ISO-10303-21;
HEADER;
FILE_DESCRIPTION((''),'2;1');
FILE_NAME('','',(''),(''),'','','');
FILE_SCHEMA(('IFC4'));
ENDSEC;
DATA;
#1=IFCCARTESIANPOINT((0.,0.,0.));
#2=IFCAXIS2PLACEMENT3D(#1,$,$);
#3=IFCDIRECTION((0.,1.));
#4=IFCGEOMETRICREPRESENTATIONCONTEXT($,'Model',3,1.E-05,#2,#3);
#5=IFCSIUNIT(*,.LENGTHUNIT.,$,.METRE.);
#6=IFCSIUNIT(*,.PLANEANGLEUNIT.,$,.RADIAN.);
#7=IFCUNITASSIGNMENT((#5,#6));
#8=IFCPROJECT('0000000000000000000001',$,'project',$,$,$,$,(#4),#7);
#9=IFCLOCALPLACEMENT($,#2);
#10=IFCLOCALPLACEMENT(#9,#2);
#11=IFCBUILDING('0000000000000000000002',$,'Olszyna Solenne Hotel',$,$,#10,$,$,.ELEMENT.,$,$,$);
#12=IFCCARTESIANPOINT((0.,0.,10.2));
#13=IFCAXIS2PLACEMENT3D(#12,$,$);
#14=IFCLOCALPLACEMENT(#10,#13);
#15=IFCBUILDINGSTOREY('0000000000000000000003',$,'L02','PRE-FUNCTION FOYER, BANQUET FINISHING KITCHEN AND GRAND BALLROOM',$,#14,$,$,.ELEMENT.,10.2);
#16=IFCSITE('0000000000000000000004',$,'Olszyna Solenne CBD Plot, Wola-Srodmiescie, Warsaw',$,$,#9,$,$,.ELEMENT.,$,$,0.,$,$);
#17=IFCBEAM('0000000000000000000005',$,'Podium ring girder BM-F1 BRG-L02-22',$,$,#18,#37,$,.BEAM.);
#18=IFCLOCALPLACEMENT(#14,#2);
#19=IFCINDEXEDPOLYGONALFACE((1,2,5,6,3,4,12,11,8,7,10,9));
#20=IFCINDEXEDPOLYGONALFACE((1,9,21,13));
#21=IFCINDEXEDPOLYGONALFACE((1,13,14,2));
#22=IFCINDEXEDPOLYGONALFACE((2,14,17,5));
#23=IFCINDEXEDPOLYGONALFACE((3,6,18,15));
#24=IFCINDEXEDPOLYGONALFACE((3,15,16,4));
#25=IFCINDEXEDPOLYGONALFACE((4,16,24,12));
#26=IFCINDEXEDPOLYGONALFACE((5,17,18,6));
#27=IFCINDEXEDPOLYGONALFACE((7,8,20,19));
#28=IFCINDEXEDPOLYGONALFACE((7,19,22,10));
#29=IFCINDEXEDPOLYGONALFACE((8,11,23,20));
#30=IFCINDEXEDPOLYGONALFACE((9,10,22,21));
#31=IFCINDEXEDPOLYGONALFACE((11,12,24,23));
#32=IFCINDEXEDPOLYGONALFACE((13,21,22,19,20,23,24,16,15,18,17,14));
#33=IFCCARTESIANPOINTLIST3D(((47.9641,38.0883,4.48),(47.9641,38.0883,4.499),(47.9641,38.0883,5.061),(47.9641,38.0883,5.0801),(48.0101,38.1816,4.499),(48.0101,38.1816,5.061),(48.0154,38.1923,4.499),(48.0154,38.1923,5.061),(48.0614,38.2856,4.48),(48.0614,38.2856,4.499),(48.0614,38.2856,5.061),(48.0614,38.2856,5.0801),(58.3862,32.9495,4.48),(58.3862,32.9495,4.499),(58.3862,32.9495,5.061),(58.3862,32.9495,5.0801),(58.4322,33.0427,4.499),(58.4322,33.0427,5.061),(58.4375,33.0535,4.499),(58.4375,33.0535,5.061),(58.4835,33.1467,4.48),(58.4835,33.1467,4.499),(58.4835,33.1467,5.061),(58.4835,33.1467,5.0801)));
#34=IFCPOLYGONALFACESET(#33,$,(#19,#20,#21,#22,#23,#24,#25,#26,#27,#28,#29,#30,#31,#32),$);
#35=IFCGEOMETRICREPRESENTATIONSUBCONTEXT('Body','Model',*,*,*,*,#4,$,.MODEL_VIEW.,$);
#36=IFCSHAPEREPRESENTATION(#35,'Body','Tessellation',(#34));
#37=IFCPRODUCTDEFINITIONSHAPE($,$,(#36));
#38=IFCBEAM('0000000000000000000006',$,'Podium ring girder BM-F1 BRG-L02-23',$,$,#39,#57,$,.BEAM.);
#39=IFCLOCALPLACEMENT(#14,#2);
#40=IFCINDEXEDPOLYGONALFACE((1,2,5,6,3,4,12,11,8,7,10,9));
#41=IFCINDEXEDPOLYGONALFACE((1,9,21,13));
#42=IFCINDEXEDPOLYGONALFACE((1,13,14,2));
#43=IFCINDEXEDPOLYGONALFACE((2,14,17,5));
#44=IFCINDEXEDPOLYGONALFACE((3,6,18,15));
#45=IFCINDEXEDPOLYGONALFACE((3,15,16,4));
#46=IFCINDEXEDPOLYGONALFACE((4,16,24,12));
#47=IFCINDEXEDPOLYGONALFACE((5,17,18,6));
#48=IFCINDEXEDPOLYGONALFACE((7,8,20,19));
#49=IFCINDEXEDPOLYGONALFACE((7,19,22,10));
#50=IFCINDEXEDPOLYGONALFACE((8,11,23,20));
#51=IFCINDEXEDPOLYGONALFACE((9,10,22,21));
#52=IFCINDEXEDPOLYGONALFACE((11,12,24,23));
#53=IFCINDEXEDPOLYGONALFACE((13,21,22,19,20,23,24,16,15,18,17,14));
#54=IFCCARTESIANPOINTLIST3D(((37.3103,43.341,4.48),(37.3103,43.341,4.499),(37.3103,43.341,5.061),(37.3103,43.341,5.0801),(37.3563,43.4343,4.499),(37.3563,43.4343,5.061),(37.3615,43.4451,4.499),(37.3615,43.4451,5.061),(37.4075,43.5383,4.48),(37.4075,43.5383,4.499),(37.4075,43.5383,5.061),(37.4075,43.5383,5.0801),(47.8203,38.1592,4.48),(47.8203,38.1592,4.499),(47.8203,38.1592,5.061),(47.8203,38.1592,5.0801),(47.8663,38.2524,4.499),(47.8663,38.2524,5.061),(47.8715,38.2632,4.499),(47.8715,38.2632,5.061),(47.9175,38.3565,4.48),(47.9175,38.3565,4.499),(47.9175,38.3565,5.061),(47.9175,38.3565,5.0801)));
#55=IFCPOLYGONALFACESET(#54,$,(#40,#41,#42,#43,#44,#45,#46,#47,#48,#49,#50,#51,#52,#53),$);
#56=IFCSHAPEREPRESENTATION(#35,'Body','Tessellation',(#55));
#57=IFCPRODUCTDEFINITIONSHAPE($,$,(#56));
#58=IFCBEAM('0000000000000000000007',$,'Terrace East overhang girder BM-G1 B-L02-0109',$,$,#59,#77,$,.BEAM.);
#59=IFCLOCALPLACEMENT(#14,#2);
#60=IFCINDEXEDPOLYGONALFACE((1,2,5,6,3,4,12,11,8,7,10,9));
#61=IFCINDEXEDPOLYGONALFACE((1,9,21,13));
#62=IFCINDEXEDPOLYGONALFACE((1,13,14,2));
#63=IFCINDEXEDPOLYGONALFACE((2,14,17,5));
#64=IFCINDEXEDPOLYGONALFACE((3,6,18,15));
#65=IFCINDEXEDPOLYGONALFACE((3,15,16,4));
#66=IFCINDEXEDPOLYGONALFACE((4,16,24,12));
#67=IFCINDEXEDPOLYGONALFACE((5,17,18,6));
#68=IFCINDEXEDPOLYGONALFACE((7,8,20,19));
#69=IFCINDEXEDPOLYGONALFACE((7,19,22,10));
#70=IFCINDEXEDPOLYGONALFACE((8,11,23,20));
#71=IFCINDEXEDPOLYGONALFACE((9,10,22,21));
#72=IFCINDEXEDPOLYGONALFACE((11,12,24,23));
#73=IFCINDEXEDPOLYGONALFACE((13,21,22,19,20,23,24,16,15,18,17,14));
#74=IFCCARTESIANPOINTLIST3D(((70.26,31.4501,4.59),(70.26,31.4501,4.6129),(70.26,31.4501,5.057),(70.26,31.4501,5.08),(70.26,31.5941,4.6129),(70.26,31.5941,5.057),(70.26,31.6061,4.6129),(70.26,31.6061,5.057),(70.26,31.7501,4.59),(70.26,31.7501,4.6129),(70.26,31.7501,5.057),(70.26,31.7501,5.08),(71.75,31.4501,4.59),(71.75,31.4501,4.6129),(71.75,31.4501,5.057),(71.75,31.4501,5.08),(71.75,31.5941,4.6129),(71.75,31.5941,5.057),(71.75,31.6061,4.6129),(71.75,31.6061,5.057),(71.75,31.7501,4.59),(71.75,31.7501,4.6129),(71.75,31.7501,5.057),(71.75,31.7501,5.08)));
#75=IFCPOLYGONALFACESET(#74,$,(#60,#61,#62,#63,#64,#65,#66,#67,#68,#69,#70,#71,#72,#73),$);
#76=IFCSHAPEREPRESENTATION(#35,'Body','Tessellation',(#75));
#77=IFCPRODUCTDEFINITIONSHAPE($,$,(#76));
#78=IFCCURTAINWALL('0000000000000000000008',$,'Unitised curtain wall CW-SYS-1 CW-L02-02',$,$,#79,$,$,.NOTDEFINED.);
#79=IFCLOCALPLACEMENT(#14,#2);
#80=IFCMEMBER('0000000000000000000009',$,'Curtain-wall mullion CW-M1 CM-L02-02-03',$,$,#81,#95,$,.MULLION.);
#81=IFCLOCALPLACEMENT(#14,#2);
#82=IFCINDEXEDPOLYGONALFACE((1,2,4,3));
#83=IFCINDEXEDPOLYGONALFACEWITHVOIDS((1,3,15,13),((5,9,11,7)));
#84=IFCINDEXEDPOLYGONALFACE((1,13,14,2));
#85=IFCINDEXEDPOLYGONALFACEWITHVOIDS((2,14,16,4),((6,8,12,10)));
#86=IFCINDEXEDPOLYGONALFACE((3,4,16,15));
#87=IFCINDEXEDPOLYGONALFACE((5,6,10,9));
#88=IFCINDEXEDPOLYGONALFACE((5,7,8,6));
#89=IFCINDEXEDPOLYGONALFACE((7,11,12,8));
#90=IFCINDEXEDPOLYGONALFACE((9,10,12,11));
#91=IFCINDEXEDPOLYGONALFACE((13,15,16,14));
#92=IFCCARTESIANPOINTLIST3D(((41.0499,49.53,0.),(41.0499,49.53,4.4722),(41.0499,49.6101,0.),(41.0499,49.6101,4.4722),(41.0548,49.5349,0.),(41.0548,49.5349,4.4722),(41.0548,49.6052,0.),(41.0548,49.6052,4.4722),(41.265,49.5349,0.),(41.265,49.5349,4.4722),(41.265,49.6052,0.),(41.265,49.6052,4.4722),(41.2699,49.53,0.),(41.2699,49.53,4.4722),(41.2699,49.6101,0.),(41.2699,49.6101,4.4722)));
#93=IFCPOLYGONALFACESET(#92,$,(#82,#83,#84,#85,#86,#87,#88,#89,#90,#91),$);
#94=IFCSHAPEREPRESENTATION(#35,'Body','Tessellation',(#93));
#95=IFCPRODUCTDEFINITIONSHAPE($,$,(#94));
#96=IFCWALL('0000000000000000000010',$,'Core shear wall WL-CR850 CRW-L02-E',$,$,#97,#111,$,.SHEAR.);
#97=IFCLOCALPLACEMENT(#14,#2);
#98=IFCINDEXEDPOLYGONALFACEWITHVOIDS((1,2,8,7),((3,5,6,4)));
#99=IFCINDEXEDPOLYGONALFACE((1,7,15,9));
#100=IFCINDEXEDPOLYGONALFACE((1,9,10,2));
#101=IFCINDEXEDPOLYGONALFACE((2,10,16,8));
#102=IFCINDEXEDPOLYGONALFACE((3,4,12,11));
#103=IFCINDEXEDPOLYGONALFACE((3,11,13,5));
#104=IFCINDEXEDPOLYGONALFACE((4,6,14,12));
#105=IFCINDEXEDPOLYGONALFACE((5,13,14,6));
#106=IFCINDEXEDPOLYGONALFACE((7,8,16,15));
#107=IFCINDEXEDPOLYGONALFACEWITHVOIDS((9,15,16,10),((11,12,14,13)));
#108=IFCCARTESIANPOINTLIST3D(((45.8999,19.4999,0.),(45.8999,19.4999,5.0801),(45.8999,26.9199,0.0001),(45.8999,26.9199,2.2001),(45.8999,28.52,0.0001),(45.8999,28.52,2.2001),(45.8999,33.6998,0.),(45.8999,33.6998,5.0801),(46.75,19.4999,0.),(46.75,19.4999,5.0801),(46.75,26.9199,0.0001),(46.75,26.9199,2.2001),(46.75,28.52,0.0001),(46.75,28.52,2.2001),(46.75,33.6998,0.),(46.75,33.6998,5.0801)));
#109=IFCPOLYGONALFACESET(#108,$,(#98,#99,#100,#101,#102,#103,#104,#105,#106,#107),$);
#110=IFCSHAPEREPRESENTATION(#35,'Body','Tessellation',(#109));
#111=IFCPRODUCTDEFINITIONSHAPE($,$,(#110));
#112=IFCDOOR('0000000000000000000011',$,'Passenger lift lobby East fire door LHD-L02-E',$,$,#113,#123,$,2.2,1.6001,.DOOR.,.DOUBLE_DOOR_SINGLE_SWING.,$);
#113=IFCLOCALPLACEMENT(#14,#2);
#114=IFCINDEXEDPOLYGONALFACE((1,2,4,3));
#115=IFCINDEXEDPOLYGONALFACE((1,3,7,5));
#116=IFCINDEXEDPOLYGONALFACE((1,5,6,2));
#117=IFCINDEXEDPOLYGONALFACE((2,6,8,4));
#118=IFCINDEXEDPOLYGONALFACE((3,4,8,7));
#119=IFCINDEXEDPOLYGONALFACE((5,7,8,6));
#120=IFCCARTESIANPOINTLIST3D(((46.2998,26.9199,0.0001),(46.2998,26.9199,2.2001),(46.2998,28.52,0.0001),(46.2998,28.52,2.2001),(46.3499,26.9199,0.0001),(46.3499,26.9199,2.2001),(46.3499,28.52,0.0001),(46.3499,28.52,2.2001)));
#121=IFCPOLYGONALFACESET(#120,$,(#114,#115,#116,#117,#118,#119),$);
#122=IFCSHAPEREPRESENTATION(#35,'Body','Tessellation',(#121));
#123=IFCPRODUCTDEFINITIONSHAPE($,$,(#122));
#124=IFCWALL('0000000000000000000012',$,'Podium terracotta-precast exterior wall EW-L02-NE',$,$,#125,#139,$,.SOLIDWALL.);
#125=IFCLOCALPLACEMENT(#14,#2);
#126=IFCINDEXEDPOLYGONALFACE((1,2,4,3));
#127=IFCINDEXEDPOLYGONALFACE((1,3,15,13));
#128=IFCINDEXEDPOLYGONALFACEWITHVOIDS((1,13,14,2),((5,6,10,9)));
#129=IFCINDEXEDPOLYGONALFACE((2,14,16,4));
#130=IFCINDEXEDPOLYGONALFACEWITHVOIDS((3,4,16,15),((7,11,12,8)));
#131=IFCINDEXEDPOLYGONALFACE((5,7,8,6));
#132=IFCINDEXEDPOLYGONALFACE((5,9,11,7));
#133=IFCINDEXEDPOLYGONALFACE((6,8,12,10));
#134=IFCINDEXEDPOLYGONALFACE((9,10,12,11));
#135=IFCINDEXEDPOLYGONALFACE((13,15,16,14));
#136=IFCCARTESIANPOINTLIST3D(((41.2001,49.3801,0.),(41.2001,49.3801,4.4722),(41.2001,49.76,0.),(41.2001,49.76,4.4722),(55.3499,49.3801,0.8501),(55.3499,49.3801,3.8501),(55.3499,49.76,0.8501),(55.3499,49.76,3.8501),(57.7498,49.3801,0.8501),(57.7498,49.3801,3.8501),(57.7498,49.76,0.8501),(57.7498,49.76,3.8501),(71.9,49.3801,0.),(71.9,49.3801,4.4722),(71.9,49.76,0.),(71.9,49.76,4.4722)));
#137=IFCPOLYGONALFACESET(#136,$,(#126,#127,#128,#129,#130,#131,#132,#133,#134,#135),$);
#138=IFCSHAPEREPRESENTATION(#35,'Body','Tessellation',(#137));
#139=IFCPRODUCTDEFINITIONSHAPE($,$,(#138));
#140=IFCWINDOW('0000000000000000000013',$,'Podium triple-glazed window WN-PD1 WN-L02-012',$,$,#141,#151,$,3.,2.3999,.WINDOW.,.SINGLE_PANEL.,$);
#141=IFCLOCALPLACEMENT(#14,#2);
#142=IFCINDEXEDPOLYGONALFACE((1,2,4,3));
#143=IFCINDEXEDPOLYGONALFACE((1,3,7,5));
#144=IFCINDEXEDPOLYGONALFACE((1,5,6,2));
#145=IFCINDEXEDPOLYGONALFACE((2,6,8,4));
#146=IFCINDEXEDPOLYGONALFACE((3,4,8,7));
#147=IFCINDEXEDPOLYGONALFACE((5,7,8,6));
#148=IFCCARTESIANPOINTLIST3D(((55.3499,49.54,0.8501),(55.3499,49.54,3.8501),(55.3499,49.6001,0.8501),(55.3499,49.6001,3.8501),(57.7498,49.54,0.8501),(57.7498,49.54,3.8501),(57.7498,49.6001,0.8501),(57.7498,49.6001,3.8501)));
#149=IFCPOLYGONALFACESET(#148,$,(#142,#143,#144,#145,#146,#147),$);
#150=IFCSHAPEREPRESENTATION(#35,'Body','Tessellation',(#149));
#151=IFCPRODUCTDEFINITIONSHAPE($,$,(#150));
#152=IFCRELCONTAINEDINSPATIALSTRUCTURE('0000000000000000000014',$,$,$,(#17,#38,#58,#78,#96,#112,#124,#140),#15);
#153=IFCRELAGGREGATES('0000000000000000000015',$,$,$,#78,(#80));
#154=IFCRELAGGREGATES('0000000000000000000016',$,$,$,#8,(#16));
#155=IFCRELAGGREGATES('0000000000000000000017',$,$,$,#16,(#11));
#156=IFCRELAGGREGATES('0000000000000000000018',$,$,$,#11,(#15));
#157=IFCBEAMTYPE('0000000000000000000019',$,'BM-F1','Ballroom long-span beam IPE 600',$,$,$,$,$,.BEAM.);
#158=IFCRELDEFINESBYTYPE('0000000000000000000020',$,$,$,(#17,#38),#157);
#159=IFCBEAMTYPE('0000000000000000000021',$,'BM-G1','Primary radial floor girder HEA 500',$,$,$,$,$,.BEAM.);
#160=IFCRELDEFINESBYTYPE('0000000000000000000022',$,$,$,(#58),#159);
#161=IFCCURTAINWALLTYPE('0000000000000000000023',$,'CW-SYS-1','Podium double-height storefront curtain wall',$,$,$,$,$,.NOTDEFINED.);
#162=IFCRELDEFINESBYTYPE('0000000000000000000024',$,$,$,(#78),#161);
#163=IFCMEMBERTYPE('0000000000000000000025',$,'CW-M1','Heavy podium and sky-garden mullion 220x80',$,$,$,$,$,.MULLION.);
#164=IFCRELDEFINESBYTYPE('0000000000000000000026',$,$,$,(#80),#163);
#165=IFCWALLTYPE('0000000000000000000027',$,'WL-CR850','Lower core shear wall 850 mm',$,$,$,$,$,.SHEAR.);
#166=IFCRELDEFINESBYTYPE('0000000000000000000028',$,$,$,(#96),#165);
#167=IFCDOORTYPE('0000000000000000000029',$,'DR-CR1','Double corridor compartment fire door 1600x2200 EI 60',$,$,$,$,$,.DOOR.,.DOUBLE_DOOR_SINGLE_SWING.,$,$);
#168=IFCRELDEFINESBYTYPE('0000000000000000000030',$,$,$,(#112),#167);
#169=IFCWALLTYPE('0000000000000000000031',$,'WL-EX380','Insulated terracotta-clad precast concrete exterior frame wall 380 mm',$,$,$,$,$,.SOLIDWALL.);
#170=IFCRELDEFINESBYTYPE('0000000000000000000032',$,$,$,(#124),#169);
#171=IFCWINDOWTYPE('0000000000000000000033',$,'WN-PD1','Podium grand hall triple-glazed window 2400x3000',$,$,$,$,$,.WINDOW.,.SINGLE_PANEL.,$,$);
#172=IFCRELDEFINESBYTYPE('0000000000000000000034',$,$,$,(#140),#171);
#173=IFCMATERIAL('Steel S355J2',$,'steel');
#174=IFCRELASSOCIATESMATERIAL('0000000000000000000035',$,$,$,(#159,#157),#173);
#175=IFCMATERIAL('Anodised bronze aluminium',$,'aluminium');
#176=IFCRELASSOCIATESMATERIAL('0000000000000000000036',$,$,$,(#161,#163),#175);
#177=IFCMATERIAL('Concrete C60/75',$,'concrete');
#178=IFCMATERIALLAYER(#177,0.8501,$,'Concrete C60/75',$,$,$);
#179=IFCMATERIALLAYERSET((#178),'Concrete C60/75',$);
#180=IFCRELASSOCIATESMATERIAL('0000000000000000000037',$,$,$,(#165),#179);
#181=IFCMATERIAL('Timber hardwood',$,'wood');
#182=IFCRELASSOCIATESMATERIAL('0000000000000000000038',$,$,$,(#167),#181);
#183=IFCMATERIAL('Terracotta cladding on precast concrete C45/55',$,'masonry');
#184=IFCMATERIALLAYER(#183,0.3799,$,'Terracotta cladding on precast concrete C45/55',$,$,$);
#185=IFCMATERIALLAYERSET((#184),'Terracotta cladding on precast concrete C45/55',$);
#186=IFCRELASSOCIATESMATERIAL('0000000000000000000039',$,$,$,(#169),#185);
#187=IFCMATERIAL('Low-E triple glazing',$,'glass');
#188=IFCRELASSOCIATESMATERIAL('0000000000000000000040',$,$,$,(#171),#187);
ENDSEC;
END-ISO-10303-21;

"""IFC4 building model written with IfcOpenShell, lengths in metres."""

from ifc_helpers import new_model, si_unit, direction, frame, frame_2d, origin, origin_2d, place, context, subcontext, project, spatial, rectangle, hollow_rectangle, i_section, extrude, source, transform, mapped, material, layer, layer_set, material_profile, profile_set, type_object, type_shapes, element, fill, aggregate, save


model = new_model("IFC4")

# Units and contexts
model_context = context("Model", 3, precision=1e-05, world=origin(), true_north=direction((0.0, 1.0)))
body_context = subcontext(model_context, "Body", "Model", "MODEL_VIEW")
ifc_project = project(units=[si_unit("LENGTHUNIT", "METRE"), si_unit("PLANEANGLEUNIT", "RADIAN")], contexts=[model_context])

# Site, building, storey
site_placement = place(None, origin())
site = spatial("IfcSite", under=ifc_project, at=site_placement, Name="Olszyna Solenne CBD Plot, Wola-Srodmiescie, Warsaw", CompositionType="ELEMENT", RefElevation=0.0)
building_placement = place(site_placement, origin())
building = spatial("IfcBuilding", under=site, at=building_placement, Name="Olszyna Solenne Hotel", CompositionType="ELEMENT")
storey_placement = place(building_placement, frame((0.0, 0.0, 10.2)))
storey = spatial("IfcBuildingStorey", under=building, at=storey_placement, Name="L02", Description="PRE-FUNCTION FOYER, BANQUET FINISHING KITCHEN AND GRAND BALLROOM", CompositionType="ELEMENT", Elevation=10.2)

# Shared definitions
ifc_material_1 = material(Name="Concrete C60/75", Category="concrete")

# Beams
ifc_material_2 = material(Name="Steel S355J2", Category="steel")
ifc_material_profile_1 = material_profile(ifc_material_2, i_section(OverallWidth=0.3, OverallDepth=0.49, WebThickness=0.012, FlangeThickness=0.0229, at=origin_2d()), Name="HEA 500", Category="load-bearing")
ifc_profile_set_1 = profile_set([ifc_material_profile_1], Name="Steel S355J2")
beam_type_1 = type_object("IfcBeamType", Name="BM-G1", Description="Primary radial floor girder HEA 500", PredefinedType="BEAM", material=ifc_profile_set_1)
ifc_material_profile_2 = material_profile(ifc_material_2, i_section(OverallWidth=0.22, OverallDepth=0.6001, WebThickness=0.012, FlangeThickness=0.019, at=origin_2d()), Name="IPE 600", Category="load-bearing")
ifc_profile_set_2 = profile_set([ifc_material_profile_2], Name="Steel S355J2")
beam_type_2 = type_object("IfcBeamType", Name="BM-F1", Description="Ballroom long-span beam IPE 600", PredefinedType="BEAM", material=ifc_profile_set_2)
shared_shape_1 = source(origin(), body_context, "Body", "SweptSolid", [
    extrude(i_section(OverallWidth=0.22, OverallDepth=0.6001, WebThickness=0.012, FlangeThickness=0.019, at=origin_2d()), origin(), (0.0, 0.0, 1.0), 11.6201),
])
for number, where, z_axis, x_axis, name in (
    (1, (58.4348, 33.0481, 4.78), (-0.896897, 0.44224, 0.0), (-0.44224, -0.896897, 0.0), "Podium ring girder BM-F1 BRG-L02-22"),
):
    element("IfcBeam", number, at=place(storey_placement, frame(where, z_axis=z_axis, x_axis=x_axis)), inside=storey, type_object=beam_type_2, Name=name, PredefinedType="BEAM", context=body_context, shape_type="MappedRepresentation", body=[
        mapped(shared_shape_1, transform((0.0, 0.0, 0.0), x_axis=(1.0, 0.0, 0.0), y_axis=(0.0, 1.0, 0.0), z_axis=(0.0, 0.0, 1.0), scale=1.0)),
    ])
shared_shape_2 = source(origin(), body_context, "Body", "SweptSolid", [
    extrude(i_section(OverallWidth=0.22, OverallDepth=0.6001, WebThickness=0.012, FlangeThickness=0.019, at=origin_2d()), origin(), (0.0, 0.0, 1.0), 11.718),
])
beam_1_placement = place(storey_placement, frame((47.8689, 38.2578, 4.78), z_axis=(-0.896909, 0.442215, 0.0), x_axis=(-0.442215, -0.896909, 0.0)))
element("IfcBeam", 2, at=beam_1_placement, inside=storey, type_object=beam_type_2, Name="Podium ring girder BM-F1 BRG-L02-23", PredefinedType="BEAM", context=body_context, shape_type="MappedRepresentation", body=[
    mapped(shared_shape_2, transform((0.0, 0.0, 0.0), x_axis=(1.0, 0.0, 0.0), y_axis=(0.0, 1.0, 0.0), z_axis=(0.0, 0.0, 1.0), scale=1.0)),
])
shared_shape_3 = source(origin(), body_context, "Body", "SweptSolid", [
    extrude(i_section(OverallWidth=0.3, OverallDepth=0.49, WebThickness=0.012, FlangeThickness=0.0229, at=origin_2d()), origin(), (0.0, 0.0, 1.0), 1.49),
])
beam_2_placement = place(storey_placement, frame((70.26, 31.6001, 4.835), z_axis=(1.0, 0.0, 0.0), x_axis=(0.0, 1.0, 0.0)))
element("IfcBeam", 3, at=beam_2_placement, inside=storey, type_object=beam_type_1, Name="Terrace East overhang girder BM-G1 B-L02-0109", PredefinedType="BEAM", context=body_context, shape_type="MappedRepresentation", body=[
    mapped(shared_shape_3, transform((0.0, 0.0, 0.0), x_axis=(1.0, 0.0, 0.0), y_axis=(0.0, 1.0, 0.0), z_axis=(0.0, 0.0, 1.0), scale=1.0)),
])

# Curtain wall, member
ifc_material_3 = material(Name="Anodised bronze aluminium", Category="aluminium")
curtain_wall_type = type_object("IfcCurtainWallType", Name="CW-SYS-1", Description="Podium double-height storefront curtain wall", PredefinedType="NOTDEFINED", material=ifc_material_3)
curtain_wall_placement = place(storey_placement, origin())
curtain_wall = element("IfcCurtainWall", 4, at=curtain_wall_placement, inside=storey, type_object=curtain_wall_type, Name="Unitised curtain wall CW-SYS-1 CW-L02-02", PredefinedType="NOTDEFINED")
ifc_material_profile_3 = material_profile(ifc_material_3, hollow_rectangle(XDim=0.0801, YDim=0.22, WallThickness=0.0049, at=origin_2d()), Name="MULL 220x80x5", Category="load-bearing")
ifc_profile_set_3 = profile_set([ifc_material_profile_3], Name="Anodised bronze aluminium")
member_type = type_object("IfcMemberType", Name="CW-M1", Description="Heavy podium and sky-garden mullion 220x80", PredefinedType="MULLION", material=ifc_profile_set_3)
shared_shape_4 = source(origin(), body_context, "Body", "SweptSolid", [
    extrude(hollow_rectangle(XDim=0.0801, YDim=0.22, WallThickness=0.0049, at=origin_2d()), origin(), (0.0, 0.0, 1.0), 4.4722),
])
member_placement = place(storey_placement, frame((41.1599, 49.5701, 0.0), z_axis=(0.0, 0.0, 1.0), x_axis=(0.0, 1.0, 0.0)))
member = element("IfcMember", 5, at=member_placement, type_object=member_type, Name="Curtain-wall mullion CW-M1 CM-L02-02-03", PredefinedType="MULLION", context=body_context, shape_type="MappedRepresentation", body=[
    mapped(shared_shape_4, transform((0.0, 0.0, 0.0), x_axis=(1.0, 0.0, 0.0), y_axis=(0.0, 1.0, 0.0), z_axis=(0.0, 0.0, 1.0), scale=1.0)),
])
aggregate(curtain_wall, [member])

# Wall, opening, door
ifc_layer_1 = layer(ifc_material_1, 0.8501, Name="Concrete C60/75")
ifc_layer_set_1 = layer_set([ifc_layer_1], Name="Concrete C60/75")
wall_type_1 = type_object("IfcWallType", Name="WL-CR850", Description="Lower core shear wall 850 mm", PredefinedType="SHEAR", material=ifc_layer_set_1)
wall_1_placement = place(storey_placement, frame((46.325, 33.7, 0.0), z_axis=(0.0, 0.0, 1.0), x_axis=(0.0, -1.0, 0.0)))
wall_1 = element("IfcWall", 6, at=wall_1_placement, inside=storey, type_object=wall_type_1, Name="Core shear wall WL-CR850 CRW-L02-E", PredefinedType="SHEAR", context=body_context, shape_type="SweptSolid", body=[
    extrude(rectangle(XDim=14.2, YDim=0.8501, at=frame_2d((7.1001, 0.0))), origin(), (0.0, 0.0, 1.0), 5.0801),
])
opening_1_placement = place(wall_1_placement, frame((5.1799, 0.0, 0.0)))
opening_1 = element("IfcOpeningElement", 7, at=opening_1_placement, cuts=wall_1, PredefinedType="OPENING", context=body_context, shape_type="SweptSolid", body=[
    extrude(rectangle(XDim=1.6001, YDim=2.2, at=frame_2d((0.8, 1.1001))), frame((0.0, 0.4351, 0.0), z_axis=(0.0, -1.0, 0.0), x_axis=(1.0, 0.0, 0.0)), (0.0, 0.0, 1.0), 0.8701),
])
ifc_material_4 = material(Name="Timber hardwood", Category="wood")
door_type_1 = type_object("IfcDoorType", Name="DR-CR1", Description="Double corridor compartment fire door 1600x2200 EI 60", OperationType="DOUBLE_DOOR_SINGLE_SWING", PredefinedType="DOOR", material=ifc_material_4)
shared_shape_5 = source(origin(), body_context, "Body", "SweptSolid", [
    extrude(rectangle(XDim=1.6001, YDim=2.2, at=frame_2d((0.8, 1.1001))), frame((0.0, 0.0249, 0.0), z_axis=(0.0, -1.0, 0.0), x_axis=(1.0, 0.0, 0.0)), (0.0, 0.0, 1.0), 0.05),
])
type_shapes(door_type_1, [shared_shape_5])
door_1_placement = place(opening_1_placement, origin())
door_1 = element("IfcDoor", 8, at=door_1_placement, inside=storey, type_object=door_type_1, Name="Passenger lift lobby East fire door LHD-L02-E", OperationType="DOUBLE_DOOR_SINGLE_SWING", OverallHeight=2.2, OverallWidth=1.6001, PredefinedType="DOOR", context=body_context, shape_type="MappedRepresentation", body=[
    mapped(shared_shape_5, transform((0.0, 0.0, 0.0), x_axis=(1.0, 0.0, 0.0), y_axis=(0.0, 1.0, 0.0), z_axis=(0.0, 0.0, 1.0), scale=1.0)),
])
fill(opening_1, door_1)

# Wall, opening, window
ifc_material_5 = material(Name="Terracotta cladding on precast concrete C45/55", Category="masonry")
ifc_layer_2 = layer(ifc_material_5, 0.3799, Name="Terracotta cladding on precast concrete C45/55")
ifc_layer_set_2 = layer_set([ifc_layer_2], Name="Terracotta cladding on precast concrete C45/55")
wall_type_2 = type_object("IfcWallType", Name="WL-EX380", Description="Insulated terracotta-clad precast concrete exterior frame wall 380 mm", PredefinedType="SOLIDWALL", material=ifc_layer_set_2)
wall_2_placement = place(storey_placement, frame((41.2, 49.5701, 0.0), z_axis=(0.0, 0.0, 1.0), x_axis=(1.0, 0.0, 0.0)))
wall_2 = element("IfcWall", 9, at=wall_2_placement, inside=storey, type_object=wall_type_2, Name="Podium terracotta-precast exterior wall EW-L02-NE", PredefinedType="SOLIDWALL", context=body_context, shape_type="SweptSolid", body=[
    extrude(rectangle(XDim=30.7, YDim=0.3799, at=frame_2d((15.3501, 0.0))), origin(), (0.0, 0.0, 1.0), 4.4722),
])
opening_2_placement = place(wall_2_placement, frame((14.1499, 0.0, 0.8501)))
opening_2 = element("IfcOpeningElement", 10, at=opening_2_placement, cuts=wall_2, PredefinedType="OPENING", context=body_context, shape_type="SweptSolid", body=[
    extrude(rectangle(XDim=2.3999, YDim=3.0, at=frame_2d((1.2, 1.5))), frame((0.0, 0.2, 0.0), z_axis=(0.0, -1.0, 0.0), x_axis=(1.0, 0.0, 0.0)), (0.0, 0.0, 1.0), 0.3999),
])
ifc_material_6 = material(Name="Low-E triple glazing", Category="glass")
window_type = type_object("IfcWindowType", Name="WN-PD1", Description="Podium grand hall triple-glazed window 2400x3000", PartitioningType="SINGLE_PANEL", PredefinedType="WINDOW", material=ifc_material_6)
shared_shape_6 = source(origin(), body_context, "Body", "SweptSolid", [
    extrude(rectangle(XDim=2.3999, YDim=3.0, at=frame_2d((1.2, 1.5))), frame((0.0, 0.03, 0.0), z_axis=(0.0, -1.0, 0.0), x_axis=(1.0, 0.0, 0.0)), (0.0, 0.0, 1.0), 0.0601),
])
type_shapes(window_type, [shared_shape_6])
window_placement = place(opening_2_placement, origin())
window = element("IfcWindow", 11, at=window_placement, inside=storey, type_object=window_type, Name="Podium triple-glazed window WN-PD1 WN-L02-012", OverallHeight=3.0, OverallWidth=2.3999, PartitioningType="SINGLE_PANEL", PredefinedType="WINDOW", context=body_context, shape_type="MappedRepresentation", body=[
    mapped(shared_shape_6, transform((0.0, 0.0, 0.0), x_axis=(1.0, 0.0, 0.0), y_axis=(0.0, 1.0, 0.0), z_axis=(0.0, 0.0, 1.0), scale=1.0)),
])
fill(opening_2, window)

save(model, "model.ifc")
